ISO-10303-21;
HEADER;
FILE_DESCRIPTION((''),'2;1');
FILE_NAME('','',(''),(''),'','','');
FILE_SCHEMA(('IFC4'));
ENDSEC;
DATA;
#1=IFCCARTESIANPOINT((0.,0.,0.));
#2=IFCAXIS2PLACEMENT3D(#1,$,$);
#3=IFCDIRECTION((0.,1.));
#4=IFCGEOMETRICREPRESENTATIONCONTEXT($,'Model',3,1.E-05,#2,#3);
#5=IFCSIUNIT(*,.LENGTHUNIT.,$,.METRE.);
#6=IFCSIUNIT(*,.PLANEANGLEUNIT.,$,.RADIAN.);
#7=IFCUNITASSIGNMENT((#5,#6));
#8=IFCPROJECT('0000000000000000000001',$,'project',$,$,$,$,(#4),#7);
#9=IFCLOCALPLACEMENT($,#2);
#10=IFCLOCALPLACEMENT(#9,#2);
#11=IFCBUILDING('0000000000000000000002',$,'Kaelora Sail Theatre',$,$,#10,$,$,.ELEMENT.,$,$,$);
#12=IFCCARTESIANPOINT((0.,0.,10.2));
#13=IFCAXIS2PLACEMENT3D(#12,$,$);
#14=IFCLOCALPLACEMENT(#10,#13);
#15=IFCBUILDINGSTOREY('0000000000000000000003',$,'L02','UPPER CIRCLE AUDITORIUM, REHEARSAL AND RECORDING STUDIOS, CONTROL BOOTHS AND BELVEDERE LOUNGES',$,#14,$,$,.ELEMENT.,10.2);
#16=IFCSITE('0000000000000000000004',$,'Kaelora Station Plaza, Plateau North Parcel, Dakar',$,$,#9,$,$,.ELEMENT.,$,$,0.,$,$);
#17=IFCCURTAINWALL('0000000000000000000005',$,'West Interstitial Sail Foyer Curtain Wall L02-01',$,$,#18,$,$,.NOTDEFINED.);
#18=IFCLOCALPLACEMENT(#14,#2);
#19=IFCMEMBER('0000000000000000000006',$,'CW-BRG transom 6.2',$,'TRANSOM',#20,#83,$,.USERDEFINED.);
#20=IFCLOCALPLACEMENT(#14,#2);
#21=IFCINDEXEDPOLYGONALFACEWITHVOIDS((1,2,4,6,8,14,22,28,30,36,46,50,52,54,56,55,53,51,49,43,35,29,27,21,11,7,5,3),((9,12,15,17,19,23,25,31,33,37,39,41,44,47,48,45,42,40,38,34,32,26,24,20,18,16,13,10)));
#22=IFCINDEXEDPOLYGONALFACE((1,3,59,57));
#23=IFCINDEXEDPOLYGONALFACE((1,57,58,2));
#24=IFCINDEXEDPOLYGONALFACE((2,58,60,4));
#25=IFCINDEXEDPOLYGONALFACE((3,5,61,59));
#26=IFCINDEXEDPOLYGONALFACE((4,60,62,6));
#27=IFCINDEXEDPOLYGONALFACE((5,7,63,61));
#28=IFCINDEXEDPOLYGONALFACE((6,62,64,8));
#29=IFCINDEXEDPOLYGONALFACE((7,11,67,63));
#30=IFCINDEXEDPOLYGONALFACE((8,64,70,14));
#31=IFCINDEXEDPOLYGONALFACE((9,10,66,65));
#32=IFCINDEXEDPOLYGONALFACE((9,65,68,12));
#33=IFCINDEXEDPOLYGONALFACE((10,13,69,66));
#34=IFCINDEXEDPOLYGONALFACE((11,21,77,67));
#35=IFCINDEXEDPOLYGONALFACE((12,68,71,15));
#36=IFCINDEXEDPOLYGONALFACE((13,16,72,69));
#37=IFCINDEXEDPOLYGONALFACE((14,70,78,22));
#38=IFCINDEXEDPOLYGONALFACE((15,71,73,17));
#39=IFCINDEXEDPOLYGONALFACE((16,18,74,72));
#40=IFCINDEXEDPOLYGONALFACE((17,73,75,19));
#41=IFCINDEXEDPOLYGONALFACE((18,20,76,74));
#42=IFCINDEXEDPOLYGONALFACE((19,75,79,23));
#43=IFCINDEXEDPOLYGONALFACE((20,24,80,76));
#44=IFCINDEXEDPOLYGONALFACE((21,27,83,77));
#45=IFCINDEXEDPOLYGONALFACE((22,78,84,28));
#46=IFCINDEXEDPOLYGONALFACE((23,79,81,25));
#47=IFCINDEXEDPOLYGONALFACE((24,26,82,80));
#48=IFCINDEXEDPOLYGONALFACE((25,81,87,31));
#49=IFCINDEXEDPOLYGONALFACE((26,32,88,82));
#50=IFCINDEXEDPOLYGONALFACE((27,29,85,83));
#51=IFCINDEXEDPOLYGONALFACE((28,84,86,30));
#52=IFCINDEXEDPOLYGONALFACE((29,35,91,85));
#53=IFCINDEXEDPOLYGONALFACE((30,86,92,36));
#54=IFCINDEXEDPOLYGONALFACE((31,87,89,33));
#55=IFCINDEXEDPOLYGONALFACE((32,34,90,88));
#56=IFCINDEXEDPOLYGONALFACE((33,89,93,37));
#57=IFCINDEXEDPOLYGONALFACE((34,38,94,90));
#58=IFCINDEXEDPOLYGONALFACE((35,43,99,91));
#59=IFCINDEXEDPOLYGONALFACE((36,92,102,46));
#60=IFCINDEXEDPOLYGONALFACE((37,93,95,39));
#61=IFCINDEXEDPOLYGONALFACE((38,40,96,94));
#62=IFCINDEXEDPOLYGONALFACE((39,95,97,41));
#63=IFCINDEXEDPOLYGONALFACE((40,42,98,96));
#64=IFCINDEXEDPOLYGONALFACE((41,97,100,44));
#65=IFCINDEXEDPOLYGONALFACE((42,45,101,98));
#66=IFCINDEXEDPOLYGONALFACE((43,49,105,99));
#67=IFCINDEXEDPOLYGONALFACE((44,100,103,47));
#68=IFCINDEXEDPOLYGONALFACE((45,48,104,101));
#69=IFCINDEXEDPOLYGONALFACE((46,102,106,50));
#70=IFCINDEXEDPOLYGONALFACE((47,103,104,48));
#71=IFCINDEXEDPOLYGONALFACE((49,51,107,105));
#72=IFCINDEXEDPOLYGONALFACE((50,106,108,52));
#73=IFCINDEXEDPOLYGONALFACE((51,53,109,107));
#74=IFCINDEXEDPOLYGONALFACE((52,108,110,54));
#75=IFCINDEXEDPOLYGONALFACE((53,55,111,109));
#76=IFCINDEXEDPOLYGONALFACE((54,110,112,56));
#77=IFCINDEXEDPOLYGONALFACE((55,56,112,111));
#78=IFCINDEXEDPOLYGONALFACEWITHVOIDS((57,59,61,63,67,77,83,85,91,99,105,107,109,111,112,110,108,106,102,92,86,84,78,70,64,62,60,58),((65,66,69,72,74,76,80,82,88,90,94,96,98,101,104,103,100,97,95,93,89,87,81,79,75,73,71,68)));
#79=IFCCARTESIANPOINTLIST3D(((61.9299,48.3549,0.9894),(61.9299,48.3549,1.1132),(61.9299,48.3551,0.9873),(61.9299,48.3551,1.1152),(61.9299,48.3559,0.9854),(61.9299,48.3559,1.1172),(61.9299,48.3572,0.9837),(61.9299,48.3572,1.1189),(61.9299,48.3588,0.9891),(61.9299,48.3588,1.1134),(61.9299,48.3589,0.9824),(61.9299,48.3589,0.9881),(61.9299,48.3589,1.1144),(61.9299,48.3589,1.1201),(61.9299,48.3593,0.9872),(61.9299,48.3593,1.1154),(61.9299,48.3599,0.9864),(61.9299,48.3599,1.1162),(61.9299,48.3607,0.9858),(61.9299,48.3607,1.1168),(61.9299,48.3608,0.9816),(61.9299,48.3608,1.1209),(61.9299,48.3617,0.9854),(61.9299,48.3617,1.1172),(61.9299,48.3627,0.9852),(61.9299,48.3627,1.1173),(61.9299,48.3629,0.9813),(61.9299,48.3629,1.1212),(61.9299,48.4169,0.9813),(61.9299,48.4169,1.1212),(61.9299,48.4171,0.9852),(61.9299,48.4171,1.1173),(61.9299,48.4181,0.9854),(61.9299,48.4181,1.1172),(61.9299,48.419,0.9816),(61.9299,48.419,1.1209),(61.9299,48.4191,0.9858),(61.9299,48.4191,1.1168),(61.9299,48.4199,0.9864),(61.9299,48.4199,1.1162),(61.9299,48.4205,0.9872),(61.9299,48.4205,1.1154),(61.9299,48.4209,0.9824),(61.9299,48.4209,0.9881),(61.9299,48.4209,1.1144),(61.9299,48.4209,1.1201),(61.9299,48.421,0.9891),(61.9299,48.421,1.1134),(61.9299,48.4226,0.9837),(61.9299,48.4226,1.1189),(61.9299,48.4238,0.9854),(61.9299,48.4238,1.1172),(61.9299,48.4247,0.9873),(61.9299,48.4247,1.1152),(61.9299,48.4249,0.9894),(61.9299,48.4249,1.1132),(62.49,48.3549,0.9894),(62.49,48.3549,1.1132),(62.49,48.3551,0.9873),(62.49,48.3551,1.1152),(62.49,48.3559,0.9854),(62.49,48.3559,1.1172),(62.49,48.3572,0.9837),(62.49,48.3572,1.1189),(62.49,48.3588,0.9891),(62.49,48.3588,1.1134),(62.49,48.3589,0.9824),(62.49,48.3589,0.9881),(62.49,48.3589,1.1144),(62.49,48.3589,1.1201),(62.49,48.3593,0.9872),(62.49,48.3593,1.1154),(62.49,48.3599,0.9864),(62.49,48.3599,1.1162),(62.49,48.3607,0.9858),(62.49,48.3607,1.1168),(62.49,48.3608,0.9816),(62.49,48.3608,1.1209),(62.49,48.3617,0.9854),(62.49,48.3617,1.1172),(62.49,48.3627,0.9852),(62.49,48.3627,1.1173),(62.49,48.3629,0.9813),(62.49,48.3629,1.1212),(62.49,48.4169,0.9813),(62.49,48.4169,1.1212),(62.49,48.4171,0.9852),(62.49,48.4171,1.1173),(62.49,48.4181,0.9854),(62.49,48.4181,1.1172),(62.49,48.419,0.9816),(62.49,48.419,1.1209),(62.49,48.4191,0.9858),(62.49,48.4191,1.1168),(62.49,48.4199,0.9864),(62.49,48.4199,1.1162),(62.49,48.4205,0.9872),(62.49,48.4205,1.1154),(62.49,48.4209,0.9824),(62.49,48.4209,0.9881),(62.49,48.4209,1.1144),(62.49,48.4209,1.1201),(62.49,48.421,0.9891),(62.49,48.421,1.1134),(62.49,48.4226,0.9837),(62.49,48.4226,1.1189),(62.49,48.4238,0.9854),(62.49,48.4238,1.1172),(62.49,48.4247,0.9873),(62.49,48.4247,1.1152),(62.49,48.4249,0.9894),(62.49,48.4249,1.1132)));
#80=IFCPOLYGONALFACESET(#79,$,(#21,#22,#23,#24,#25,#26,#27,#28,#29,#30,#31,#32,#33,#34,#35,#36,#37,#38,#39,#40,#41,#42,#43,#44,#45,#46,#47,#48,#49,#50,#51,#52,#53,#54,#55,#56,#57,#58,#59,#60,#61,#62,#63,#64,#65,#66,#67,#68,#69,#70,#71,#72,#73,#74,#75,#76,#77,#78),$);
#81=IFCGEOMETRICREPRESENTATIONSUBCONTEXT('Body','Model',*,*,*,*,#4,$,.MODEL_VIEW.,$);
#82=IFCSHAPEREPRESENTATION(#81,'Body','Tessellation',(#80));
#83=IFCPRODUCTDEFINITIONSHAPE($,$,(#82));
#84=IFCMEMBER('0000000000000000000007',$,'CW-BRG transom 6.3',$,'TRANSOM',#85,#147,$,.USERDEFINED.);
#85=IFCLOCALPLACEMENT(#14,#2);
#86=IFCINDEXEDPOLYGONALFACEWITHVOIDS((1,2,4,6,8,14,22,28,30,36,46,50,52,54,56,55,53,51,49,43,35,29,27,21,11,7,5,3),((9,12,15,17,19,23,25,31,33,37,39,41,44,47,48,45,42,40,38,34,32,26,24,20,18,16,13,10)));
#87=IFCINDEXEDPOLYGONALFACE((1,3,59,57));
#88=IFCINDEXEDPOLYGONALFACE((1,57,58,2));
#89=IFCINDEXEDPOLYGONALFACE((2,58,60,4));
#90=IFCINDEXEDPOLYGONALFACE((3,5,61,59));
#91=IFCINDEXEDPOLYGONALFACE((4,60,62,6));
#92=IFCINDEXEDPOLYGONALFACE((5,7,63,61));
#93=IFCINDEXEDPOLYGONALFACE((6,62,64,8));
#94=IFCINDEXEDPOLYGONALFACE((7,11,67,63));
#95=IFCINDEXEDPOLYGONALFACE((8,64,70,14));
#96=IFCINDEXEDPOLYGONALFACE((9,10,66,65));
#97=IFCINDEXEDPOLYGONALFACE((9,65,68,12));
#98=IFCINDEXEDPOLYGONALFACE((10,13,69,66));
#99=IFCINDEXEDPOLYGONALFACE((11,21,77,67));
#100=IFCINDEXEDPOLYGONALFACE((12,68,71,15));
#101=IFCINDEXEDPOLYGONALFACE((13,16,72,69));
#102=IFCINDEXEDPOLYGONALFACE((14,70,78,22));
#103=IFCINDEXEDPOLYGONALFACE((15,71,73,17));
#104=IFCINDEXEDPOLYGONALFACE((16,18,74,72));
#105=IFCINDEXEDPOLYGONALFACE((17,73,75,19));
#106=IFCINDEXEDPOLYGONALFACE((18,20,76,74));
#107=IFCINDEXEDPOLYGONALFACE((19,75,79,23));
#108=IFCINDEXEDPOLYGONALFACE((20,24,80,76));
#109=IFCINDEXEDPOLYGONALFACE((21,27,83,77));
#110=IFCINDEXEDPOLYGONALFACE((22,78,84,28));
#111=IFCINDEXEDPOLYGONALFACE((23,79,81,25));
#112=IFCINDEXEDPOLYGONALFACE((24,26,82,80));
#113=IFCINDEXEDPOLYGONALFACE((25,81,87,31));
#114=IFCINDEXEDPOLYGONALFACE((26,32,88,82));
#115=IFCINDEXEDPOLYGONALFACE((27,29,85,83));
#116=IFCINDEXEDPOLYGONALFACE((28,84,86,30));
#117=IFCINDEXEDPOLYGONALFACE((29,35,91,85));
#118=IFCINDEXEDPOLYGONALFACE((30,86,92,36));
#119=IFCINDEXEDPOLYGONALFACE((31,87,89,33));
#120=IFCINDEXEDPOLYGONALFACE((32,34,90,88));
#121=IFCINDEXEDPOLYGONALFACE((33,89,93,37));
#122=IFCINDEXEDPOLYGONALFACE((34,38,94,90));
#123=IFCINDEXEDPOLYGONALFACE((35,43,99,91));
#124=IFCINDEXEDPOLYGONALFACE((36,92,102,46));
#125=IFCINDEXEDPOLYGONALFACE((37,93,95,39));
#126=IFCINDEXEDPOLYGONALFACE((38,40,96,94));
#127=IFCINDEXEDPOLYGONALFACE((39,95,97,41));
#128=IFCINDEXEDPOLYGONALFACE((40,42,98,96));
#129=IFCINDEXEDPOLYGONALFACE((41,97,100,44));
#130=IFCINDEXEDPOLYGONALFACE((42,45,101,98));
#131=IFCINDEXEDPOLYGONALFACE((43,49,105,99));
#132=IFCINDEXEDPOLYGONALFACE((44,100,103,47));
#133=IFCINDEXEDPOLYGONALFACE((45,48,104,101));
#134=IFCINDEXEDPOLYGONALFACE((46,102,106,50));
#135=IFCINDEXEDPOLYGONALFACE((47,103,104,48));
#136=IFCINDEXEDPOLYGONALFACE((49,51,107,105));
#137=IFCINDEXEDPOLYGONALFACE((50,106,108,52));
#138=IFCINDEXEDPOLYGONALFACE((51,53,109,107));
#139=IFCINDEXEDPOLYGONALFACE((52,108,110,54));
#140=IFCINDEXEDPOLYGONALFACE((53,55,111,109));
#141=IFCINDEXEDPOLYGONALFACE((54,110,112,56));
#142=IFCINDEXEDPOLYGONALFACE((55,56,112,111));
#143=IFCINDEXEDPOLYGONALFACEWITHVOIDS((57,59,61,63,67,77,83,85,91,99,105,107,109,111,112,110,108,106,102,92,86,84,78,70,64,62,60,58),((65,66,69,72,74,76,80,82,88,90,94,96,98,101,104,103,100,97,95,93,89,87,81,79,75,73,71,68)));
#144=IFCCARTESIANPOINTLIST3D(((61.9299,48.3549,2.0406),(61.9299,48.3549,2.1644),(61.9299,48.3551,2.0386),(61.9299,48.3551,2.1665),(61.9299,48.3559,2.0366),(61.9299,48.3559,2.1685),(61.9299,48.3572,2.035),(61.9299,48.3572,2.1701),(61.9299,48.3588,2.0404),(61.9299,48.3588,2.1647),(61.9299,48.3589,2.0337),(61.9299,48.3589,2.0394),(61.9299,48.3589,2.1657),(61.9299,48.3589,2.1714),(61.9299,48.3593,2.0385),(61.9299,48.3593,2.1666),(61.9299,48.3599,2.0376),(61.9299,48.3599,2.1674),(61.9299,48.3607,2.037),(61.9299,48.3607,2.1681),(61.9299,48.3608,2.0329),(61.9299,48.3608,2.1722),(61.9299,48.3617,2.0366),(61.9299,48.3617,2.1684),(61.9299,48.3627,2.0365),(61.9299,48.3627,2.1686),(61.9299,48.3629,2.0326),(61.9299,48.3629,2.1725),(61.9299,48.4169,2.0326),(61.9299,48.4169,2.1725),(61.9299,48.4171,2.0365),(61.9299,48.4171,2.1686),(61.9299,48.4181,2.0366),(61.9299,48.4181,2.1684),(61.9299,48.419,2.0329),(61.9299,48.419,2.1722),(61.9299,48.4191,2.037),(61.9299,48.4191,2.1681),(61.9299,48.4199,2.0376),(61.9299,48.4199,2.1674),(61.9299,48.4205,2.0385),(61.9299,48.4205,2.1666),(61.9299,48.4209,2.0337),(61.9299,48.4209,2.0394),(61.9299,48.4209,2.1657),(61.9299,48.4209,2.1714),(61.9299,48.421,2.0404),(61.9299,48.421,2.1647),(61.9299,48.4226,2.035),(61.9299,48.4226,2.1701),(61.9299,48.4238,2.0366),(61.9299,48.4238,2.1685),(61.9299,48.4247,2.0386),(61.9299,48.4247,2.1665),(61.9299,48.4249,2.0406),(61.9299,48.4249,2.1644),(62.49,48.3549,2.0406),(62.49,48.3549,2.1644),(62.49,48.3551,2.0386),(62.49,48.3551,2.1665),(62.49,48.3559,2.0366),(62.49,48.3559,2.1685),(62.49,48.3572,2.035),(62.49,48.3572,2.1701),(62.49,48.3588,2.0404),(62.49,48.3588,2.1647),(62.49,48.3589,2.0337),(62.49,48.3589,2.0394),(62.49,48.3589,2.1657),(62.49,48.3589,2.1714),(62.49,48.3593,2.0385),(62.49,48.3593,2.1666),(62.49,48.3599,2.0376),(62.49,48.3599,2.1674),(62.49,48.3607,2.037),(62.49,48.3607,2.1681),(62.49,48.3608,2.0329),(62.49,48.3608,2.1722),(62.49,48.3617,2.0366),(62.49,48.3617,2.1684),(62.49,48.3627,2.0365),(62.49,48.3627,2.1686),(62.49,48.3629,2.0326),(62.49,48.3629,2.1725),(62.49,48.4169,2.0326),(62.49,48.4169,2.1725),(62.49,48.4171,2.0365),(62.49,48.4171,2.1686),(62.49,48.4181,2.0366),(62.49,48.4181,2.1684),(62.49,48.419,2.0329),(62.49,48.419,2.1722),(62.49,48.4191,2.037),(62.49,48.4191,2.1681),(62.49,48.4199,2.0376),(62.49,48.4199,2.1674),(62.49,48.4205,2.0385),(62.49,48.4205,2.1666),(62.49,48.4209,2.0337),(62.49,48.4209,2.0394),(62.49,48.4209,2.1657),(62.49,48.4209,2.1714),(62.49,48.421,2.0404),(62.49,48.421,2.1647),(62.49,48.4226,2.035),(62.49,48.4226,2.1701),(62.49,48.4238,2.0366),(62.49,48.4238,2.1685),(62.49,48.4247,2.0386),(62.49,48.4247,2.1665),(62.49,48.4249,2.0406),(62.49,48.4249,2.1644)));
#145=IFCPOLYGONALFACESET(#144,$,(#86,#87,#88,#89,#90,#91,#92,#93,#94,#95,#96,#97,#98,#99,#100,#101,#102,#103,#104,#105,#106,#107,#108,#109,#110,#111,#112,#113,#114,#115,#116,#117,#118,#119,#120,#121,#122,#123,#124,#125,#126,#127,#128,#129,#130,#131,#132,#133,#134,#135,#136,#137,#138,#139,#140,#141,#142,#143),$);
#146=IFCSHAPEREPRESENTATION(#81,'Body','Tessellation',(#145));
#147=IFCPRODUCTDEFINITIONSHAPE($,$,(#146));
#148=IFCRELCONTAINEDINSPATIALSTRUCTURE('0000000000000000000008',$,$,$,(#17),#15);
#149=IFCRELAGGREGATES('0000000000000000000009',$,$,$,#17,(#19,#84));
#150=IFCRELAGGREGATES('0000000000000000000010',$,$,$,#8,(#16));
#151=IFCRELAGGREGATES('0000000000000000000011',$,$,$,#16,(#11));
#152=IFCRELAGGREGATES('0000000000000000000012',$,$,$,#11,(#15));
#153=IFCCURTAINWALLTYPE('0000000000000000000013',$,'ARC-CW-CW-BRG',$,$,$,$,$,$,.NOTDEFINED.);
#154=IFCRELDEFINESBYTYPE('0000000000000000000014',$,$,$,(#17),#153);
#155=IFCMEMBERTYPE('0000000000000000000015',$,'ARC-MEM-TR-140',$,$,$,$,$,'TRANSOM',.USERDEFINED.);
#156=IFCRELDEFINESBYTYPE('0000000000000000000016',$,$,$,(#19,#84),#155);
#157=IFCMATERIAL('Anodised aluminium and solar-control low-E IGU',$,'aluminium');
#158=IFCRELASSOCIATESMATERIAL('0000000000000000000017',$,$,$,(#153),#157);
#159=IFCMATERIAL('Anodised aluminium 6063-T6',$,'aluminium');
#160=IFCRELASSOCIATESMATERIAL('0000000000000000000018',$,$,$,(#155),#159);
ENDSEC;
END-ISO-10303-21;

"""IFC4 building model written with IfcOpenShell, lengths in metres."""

from ifc_helpers import new_model, si_unit, direction, frame, origin, origin_2d, place, context, subcontext, project, spatial, hollow_rectangle, extrude, material, material_profile, profile_set, type_object, element, aggregate, save


model = new_model("IFC4")

# Units and contexts
model_context = context("Model", 3, precision=1e-05, world=origin(), true_north=direction((0.0, 1.0)))
body_context = subcontext(model_context, "Body", "Model", "MODEL_VIEW")
ifc_project = project(units=[si_unit("LENGTHUNIT", "METRE"), si_unit("PLANEANGLEUNIT", "RADIAN")], contexts=[model_context])

# Site, building, storey
site_placement = place(None, origin())
site = spatial("IfcSite", under=ifc_project, at=site_placement, Name="Kaelora Station Plaza, Plateau North Parcel, Dakar", CompositionType="ELEMENT", RefElevation=0.0)
building_placement = place(site_placement, origin())
building = spatial("IfcBuilding", under=site, at=building_placement, Name="Kaelora Sail Theatre", CompositionType="ELEMENT")
storey_placement = place(building_placement, frame((0.0, 0.0, 10.2)))
storey = spatial("IfcBuildingStorey", under=building, at=storey_placement, Name="L02", Description="UPPER CIRCLE AUDITORIUM, REHEARSAL AND RECORDING STUDIOS, CONTROL BOOTHS AND BELVEDERE LOUNGES", CompositionType="ELEMENT", Elevation=10.2)

# Curtain wall, members
ifc_material_1 = material(Name="Anodised aluminium and solar-control low-E IGU", Category="aluminium")
curtain_wall_type = type_object("IfcCurtainWallType", Name="ARC-CW-CW-BRG", PredefinedType="NOTDEFINED", material=ifc_material_1)
curtain_wall_placement = place(storey_placement, origin())
curtain_wall = element("IfcCurtainWall", 1, at=curtain_wall_placement, inside=storey, type_object=curtain_wall_type, Name="West Interstitial Sail Foyer Curtain Wall L02-01", PredefinedType="NOTDEFINED")
ifc_material_2 = material(Name="Anodised aluminium 6063-T6", Category="aluminium")
ifc_material_profile_1 = material_profile(ifc_material_2, hollow_rectangle(XDim=0.0701, YDim=0.1399, WallThickness=0.0039, InnerFilletRadius=0.0039, OuterFilletRadius=0.0081, at=origin_2d()), Name="ALU-TRAN 70x140x4")
ifc_profile_set_1 = profile_set([ifc_material_profile_1], Name="Anodised aluminium 6063-T6")
member_type_1 = type_object("IfcMemberType", Name="ARC-MEM-TR-140", ElementType="TRANSOM", PredefinedType="USERDEFINED", material=ifc_profile_set_1)
member_1_placement = place(storey_placement, frame((61.9299, 48.3899, 1.0513), z_axis=(1.0, 0.0, 0.0), x_axis=(0.0, 1.0, 0.0)))
member_1 = element("IfcMember", 2, at=member_1_placement, type_object=member_type_1, Name="CW-BRG transom 6.2", ObjectType="TRANSOM", PredefinedType="USERDEFINED", context=body_context, shape_type="SweptSolid", body=[
    extrude(hollow_rectangle(XDim=0.0701, YDim=0.1399, WallThickness=0.0039, InnerFilletRadius=0.0039, OuterFilletRadius=0.0081, at=origin_2d()), origin(), (0.0, 0.0, 1.0), 0.5601),
])
member_2_placement = place(storey_placement, frame((61.9299, 48.3899, 2.1025), z_axis=(1.0, 0.0, 0.0), x_axis=(0.0, 1.0, 0.0)))
member_2 = element("IfcMember", 3, at=member_2_placement, type_object=member_type_1, Name="CW-BRG transom 6.3", ObjectType="TRANSOM", PredefinedType="USERDEFINED", context=body_context, shape_type="SweptSolid", body=[
    extrude(hollow_rectangle(XDim=0.0701, YDim=0.1399, WallThickness=0.0039, InnerFilletRadius=0.0039, OuterFilletRadius=0.0081, at=origin_2d()), origin(), (0.0, 0.0, 1.0), 0.5601),
])
aggregate(curtain_wall, [member_1, member_2])

save(model, "model.ifc")
